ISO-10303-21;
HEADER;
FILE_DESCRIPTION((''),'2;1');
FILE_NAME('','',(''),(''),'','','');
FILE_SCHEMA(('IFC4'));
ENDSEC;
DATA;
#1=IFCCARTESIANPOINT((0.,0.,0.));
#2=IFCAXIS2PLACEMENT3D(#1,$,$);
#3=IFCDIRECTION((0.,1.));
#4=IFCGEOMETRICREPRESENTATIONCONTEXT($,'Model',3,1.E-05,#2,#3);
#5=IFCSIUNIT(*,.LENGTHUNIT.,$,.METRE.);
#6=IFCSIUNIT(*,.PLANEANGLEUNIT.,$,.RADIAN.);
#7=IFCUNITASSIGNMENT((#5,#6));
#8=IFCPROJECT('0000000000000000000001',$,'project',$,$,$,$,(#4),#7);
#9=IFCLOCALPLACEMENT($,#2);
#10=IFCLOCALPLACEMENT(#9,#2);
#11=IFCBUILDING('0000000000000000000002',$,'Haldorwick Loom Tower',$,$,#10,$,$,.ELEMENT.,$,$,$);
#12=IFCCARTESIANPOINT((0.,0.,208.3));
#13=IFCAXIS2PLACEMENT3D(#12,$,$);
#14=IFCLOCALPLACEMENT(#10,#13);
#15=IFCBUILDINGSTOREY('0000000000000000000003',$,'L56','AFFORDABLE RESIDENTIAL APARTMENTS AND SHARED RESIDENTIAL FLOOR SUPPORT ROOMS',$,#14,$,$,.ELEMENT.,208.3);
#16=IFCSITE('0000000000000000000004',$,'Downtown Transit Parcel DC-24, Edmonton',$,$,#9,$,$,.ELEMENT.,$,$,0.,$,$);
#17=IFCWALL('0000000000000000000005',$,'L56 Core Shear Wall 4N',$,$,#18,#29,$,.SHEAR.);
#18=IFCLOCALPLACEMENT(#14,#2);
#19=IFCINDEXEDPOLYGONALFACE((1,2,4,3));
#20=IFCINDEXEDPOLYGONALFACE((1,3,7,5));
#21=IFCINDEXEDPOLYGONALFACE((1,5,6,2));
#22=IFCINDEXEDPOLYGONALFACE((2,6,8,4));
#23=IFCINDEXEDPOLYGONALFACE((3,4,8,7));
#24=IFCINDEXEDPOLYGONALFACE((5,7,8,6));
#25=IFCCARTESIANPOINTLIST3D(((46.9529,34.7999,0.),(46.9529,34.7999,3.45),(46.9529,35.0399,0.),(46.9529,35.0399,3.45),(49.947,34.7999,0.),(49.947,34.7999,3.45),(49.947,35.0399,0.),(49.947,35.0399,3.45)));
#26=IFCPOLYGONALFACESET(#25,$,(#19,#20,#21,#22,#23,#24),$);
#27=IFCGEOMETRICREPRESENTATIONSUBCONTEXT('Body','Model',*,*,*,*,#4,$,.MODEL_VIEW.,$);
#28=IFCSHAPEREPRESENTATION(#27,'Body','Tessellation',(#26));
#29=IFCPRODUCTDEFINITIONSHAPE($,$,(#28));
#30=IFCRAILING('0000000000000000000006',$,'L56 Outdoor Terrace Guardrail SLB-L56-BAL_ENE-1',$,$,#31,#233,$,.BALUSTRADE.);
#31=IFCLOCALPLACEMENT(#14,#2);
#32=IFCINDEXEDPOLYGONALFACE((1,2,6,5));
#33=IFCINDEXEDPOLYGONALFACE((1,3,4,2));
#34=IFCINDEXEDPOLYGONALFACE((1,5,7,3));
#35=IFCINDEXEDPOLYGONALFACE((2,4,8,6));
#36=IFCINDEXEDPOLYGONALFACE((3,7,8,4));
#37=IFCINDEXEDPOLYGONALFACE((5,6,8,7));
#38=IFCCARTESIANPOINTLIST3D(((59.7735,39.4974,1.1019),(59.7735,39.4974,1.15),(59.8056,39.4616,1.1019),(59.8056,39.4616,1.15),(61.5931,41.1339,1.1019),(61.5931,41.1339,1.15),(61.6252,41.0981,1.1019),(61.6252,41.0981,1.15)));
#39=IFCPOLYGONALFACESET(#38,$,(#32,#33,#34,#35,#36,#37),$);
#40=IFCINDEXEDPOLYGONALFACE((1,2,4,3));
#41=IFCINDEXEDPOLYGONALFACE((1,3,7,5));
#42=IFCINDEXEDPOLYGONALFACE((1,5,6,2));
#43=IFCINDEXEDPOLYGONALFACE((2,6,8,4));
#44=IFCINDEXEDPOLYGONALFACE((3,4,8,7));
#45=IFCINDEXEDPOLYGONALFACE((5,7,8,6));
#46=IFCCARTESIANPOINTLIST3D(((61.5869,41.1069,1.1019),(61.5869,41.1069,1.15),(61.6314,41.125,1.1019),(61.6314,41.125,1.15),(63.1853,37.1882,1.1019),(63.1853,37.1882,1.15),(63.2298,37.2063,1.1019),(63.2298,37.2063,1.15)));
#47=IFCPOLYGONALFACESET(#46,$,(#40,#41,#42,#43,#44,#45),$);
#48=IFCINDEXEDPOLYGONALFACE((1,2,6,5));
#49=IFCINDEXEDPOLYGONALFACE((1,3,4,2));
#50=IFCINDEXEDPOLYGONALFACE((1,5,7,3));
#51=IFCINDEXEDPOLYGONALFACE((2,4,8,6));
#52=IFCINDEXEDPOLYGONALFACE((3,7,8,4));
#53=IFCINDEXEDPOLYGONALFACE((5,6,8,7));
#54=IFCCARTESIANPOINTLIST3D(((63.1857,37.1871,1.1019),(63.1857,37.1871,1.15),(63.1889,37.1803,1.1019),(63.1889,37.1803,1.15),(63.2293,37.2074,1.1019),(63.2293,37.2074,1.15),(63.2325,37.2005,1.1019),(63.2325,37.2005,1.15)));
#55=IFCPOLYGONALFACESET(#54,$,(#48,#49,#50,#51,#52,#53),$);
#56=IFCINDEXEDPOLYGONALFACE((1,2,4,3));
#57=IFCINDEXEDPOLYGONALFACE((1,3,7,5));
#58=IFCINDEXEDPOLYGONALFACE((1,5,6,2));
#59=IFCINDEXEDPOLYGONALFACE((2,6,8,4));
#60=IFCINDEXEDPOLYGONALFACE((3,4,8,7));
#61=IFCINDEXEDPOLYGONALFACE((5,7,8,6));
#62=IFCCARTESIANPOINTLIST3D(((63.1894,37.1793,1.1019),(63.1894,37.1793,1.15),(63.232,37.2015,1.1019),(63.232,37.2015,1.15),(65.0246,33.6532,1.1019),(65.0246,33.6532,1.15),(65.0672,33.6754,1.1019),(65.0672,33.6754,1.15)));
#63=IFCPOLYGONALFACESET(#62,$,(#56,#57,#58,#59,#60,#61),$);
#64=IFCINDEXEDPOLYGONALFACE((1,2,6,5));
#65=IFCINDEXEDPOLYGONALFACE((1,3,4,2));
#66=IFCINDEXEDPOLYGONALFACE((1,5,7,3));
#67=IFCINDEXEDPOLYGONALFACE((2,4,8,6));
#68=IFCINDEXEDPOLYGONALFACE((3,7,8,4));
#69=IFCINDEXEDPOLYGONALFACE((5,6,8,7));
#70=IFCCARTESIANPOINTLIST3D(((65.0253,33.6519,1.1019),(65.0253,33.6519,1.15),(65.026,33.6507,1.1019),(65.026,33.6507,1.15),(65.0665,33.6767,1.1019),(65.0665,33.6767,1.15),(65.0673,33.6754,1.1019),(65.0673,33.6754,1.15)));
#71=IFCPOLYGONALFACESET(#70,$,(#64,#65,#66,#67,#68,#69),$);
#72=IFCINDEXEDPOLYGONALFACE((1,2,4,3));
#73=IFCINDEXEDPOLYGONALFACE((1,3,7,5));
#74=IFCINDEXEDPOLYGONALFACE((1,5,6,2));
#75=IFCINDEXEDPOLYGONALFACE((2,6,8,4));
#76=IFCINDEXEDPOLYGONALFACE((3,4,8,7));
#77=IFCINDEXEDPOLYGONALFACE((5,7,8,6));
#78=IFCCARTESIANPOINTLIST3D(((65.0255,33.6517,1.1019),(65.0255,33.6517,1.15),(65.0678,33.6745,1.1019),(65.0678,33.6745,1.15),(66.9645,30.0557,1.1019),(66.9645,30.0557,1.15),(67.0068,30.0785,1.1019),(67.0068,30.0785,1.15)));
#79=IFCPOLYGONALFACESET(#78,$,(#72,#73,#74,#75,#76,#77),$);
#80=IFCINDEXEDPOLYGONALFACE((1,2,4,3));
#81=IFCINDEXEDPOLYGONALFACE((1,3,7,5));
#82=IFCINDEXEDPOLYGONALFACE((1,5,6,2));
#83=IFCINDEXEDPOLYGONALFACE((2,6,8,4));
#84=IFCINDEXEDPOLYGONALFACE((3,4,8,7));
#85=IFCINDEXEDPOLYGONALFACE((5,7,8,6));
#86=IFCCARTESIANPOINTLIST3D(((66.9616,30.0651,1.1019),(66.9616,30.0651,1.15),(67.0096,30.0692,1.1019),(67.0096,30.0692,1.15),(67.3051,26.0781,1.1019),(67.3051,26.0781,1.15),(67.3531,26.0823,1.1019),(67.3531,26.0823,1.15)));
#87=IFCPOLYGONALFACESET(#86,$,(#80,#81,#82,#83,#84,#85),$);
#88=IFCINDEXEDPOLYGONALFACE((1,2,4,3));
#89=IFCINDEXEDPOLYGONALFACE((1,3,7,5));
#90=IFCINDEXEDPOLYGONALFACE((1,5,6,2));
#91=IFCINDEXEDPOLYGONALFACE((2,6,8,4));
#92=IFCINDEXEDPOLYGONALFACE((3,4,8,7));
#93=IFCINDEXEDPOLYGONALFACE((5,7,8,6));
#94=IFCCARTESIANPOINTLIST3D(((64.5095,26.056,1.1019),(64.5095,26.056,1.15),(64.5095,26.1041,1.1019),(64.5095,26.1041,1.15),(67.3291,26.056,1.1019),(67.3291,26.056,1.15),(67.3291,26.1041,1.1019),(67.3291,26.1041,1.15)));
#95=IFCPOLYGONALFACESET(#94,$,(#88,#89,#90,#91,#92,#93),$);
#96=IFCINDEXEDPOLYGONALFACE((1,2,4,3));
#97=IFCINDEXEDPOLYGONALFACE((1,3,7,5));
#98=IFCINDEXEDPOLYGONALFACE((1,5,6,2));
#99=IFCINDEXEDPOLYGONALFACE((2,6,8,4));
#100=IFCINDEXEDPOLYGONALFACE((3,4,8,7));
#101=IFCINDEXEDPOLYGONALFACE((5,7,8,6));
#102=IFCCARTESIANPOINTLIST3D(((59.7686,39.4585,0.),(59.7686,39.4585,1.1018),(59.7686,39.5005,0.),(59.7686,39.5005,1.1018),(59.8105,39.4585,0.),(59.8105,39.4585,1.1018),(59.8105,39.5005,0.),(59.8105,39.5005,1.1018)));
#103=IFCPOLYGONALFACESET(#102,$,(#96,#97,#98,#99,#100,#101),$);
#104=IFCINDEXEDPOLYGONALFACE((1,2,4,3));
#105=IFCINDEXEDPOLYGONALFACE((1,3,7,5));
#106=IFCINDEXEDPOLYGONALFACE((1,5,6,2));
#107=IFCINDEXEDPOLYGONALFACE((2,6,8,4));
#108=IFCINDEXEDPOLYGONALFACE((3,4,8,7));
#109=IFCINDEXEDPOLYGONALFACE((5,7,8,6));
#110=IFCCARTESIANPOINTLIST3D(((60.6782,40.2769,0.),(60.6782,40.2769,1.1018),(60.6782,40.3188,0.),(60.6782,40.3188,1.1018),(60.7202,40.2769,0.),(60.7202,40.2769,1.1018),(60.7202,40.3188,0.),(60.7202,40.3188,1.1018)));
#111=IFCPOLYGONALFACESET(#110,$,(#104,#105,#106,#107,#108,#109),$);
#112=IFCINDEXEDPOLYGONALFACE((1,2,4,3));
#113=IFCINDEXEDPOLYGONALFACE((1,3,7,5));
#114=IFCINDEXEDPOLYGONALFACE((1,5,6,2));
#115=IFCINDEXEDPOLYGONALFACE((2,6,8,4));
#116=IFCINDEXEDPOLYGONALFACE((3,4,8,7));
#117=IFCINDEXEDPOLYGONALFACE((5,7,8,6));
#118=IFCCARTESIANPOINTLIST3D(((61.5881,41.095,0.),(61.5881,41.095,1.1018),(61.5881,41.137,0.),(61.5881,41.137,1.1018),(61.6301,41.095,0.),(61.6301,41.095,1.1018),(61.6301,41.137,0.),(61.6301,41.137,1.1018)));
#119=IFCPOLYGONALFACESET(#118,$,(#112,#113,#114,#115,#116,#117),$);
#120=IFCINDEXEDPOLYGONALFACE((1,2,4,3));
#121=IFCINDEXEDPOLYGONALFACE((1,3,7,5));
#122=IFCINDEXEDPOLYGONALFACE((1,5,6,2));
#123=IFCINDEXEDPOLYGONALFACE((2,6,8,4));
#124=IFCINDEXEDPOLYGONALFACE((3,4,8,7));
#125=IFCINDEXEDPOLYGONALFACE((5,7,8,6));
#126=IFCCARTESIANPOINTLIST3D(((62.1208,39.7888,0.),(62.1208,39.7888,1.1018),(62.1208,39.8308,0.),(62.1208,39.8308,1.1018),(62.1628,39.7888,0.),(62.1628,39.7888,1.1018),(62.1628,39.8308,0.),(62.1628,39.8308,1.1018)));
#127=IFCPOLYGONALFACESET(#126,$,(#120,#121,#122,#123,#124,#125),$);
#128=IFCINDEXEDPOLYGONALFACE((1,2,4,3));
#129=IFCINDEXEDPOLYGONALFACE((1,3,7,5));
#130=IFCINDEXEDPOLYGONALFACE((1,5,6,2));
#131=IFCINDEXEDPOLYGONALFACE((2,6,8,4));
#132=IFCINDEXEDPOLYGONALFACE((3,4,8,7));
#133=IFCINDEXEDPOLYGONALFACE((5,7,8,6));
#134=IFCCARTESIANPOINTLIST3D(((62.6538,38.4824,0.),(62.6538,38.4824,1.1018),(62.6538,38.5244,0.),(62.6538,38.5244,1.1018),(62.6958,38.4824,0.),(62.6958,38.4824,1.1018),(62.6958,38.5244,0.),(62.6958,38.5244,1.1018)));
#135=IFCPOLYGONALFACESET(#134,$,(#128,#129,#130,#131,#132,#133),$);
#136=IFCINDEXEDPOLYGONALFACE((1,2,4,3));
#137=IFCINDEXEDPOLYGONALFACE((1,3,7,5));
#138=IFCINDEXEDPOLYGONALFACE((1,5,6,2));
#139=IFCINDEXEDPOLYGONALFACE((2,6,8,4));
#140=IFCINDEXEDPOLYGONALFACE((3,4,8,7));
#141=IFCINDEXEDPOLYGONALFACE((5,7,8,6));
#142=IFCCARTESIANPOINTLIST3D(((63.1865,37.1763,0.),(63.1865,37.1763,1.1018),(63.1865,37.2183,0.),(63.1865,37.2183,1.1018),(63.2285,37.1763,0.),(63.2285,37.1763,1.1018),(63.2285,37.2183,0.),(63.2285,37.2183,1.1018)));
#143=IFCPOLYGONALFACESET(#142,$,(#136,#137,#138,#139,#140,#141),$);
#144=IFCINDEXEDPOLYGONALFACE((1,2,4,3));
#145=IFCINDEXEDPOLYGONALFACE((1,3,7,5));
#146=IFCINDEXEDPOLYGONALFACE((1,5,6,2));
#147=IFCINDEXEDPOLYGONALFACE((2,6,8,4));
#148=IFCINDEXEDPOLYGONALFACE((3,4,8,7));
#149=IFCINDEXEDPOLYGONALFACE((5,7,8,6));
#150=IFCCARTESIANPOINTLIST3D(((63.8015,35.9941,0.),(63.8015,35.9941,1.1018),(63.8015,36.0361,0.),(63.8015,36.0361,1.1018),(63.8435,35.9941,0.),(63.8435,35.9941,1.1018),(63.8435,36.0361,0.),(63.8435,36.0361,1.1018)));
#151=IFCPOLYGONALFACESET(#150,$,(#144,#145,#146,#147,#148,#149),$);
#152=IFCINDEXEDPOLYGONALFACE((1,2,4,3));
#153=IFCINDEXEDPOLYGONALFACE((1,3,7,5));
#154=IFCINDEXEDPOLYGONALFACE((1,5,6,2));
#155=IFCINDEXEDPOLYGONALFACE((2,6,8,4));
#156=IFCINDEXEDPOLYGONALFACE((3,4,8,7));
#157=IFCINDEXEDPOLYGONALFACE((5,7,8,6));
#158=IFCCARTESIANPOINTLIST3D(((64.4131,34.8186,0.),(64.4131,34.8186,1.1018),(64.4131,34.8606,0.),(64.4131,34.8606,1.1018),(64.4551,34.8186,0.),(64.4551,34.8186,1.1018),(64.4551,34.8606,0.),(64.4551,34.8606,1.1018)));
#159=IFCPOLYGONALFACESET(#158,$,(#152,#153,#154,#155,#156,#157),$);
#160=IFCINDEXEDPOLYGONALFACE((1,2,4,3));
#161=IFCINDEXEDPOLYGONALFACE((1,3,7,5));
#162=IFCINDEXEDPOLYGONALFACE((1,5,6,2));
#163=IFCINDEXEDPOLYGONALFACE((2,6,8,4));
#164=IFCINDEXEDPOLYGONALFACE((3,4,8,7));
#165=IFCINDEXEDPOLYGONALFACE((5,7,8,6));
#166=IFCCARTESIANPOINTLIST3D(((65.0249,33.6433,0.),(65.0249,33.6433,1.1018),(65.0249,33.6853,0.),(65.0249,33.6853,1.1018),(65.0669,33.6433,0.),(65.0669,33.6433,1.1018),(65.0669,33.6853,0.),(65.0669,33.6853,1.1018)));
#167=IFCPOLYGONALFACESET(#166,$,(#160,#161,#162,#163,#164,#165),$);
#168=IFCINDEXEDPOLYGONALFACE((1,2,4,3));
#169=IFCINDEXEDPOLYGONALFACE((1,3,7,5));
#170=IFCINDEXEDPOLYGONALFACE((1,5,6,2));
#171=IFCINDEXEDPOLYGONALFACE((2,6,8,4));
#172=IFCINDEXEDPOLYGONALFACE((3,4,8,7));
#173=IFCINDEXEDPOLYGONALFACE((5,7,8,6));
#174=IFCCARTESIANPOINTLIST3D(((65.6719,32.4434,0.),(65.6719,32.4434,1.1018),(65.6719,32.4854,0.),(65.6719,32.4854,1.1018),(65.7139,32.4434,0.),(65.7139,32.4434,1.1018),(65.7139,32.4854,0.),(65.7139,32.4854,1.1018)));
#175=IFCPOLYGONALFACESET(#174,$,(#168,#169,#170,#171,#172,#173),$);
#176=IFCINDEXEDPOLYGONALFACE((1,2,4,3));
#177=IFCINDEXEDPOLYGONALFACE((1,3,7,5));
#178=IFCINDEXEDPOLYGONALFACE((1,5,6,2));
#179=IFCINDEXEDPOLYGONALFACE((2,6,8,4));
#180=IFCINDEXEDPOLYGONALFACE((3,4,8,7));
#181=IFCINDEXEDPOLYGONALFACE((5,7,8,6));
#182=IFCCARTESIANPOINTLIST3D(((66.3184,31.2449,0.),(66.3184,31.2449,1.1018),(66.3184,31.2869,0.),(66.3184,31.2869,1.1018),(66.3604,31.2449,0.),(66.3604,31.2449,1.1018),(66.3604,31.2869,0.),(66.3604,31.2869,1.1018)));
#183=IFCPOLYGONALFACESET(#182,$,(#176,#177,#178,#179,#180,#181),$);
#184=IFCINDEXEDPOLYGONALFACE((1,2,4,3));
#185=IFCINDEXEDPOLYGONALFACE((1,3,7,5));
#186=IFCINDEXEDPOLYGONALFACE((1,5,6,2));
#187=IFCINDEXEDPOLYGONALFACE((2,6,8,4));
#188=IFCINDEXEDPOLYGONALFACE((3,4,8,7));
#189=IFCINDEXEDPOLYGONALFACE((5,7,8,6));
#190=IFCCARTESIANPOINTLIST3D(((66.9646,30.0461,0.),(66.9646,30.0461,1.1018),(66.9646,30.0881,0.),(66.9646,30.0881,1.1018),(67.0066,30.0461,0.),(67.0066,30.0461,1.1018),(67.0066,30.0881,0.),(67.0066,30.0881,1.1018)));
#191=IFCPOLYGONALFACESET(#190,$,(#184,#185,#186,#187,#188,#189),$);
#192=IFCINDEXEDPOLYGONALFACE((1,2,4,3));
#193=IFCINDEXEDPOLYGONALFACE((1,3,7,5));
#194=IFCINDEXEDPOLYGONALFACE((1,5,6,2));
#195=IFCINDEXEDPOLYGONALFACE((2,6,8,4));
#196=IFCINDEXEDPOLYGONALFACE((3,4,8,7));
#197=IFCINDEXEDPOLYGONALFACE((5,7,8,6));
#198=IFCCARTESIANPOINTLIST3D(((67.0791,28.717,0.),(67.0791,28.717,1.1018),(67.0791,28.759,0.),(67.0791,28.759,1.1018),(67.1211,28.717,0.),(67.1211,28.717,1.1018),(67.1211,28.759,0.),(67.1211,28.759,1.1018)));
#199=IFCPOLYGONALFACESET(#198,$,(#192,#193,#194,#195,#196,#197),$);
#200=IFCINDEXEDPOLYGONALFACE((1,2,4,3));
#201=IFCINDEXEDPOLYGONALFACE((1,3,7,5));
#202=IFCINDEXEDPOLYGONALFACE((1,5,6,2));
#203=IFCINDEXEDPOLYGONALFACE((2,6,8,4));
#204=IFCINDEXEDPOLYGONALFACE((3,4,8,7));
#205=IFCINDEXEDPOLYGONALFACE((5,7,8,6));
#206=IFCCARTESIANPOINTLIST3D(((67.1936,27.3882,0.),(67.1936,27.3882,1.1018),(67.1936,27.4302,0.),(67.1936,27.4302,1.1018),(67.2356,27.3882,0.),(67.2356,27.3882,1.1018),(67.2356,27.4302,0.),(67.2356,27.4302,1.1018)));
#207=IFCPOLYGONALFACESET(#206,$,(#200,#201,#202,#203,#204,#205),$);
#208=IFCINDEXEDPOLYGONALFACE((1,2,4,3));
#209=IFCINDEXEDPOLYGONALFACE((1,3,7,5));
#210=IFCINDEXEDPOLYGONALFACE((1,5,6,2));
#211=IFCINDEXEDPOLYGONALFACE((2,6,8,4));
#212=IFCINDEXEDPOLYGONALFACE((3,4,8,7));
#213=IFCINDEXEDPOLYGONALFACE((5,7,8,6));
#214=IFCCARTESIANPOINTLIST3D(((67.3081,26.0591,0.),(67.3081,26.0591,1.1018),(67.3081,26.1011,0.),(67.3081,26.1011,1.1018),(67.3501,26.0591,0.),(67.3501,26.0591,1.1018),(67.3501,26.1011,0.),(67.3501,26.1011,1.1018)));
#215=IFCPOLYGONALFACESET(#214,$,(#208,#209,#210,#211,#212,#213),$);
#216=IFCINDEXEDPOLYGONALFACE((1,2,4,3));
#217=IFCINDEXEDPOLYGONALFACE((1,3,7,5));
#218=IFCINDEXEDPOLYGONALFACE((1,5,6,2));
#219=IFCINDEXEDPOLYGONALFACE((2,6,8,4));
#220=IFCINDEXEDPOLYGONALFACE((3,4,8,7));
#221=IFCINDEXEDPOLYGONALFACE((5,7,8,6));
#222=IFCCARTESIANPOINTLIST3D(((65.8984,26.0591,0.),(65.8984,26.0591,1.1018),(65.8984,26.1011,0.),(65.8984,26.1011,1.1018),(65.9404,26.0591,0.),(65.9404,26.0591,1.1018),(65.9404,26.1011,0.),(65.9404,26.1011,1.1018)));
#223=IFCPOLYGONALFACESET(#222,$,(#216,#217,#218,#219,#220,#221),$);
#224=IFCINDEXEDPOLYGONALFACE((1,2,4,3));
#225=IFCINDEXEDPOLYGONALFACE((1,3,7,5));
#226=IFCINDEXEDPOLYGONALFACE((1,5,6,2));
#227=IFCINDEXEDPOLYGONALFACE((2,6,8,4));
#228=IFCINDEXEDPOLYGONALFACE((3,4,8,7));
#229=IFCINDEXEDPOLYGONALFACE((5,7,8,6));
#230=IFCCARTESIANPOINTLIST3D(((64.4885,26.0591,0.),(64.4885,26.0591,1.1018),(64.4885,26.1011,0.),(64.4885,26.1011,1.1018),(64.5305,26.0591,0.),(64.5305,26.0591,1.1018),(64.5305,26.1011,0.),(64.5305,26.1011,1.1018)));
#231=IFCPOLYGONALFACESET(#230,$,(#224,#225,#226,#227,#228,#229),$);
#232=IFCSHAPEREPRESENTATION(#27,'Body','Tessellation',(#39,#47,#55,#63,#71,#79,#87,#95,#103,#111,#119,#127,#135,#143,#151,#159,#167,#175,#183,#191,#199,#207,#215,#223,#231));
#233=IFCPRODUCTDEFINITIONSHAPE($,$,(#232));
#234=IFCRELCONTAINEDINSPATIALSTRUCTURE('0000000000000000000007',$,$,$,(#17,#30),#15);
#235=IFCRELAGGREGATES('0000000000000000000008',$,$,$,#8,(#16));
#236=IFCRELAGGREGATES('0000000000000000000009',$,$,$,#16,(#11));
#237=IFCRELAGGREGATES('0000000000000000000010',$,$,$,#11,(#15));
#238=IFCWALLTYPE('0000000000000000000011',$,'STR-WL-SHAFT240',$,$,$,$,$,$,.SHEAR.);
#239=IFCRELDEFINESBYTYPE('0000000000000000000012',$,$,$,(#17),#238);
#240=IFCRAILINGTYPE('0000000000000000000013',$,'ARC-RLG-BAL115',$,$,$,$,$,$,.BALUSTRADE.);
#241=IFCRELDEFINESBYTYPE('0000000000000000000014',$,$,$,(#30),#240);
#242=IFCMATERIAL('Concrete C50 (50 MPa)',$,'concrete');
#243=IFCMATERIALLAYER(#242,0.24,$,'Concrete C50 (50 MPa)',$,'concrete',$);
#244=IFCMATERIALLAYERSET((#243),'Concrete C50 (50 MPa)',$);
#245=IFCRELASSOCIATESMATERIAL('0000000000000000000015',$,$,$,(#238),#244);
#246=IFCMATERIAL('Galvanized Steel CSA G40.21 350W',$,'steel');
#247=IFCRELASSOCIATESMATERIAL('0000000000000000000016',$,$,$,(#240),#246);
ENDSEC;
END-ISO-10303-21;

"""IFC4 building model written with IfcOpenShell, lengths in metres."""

from ifc_helpers import new_model, si_unit, direction, frame, frame_2d, origin, origin_2d, place, context, subcontext, project, spatial, rectangle, extrude, material, layer, layer_set, type_object, element, save


model = new_model("IFC4")

# Units and contexts
model_context = context("Model", 3, precision=1e-05, world=origin(), true_north=direction((0.0, 1.0)))
body_context = subcontext(model_context, "Body", "Model", "MODEL_VIEW")
ifc_project = project(units=[si_unit("LENGTHUNIT", "METRE"), si_unit("PLANEANGLEUNIT", "RADIAN")], contexts=[model_context])

# Site, building, storey
site_placement = place(None, origin())
site = spatial("IfcSite", under=ifc_project, at=site_placement, Name="Downtown Transit Parcel DC-24, Edmonton", CompositionType="ELEMENT", RefElevation=0.0)
building_placement = place(site_placement, origin())
building = spatial("IfcBuilding", under=site, at=building_placement, Name="Haldorwick Loom Tower", CompositionType="ELEMENT")
storey_placement = place(building_placement, frame((0.0, 0.0, 208.3)))
storey = spatial("IfcBuildingStorey", under=building, at=storey_placement, Name="L56", Description="AFFORDABLE RESIDENTIAL APARTMENTS AND SHARED RESIDENTIAL FLOOR SUPPORT ROOMS", CompositionType="ELEMENT", Elevation=208.3)

# Wall
ifc_material_1 = material(Name="Concrete C50 (50 MPa)", Category="concrete")
ifc_layer_1 = layer(ifc_material_1, 0.24, Name="Concrete C50 (50 MPa)", Category="concrete")
ifc_layer_set_1 = layer_set([ifc_layer_1], Name="Concrete C50 (50 MPa)")
wall_type_1 = type_object("IfcWallType", Name="STR-WL-SHAFT240", PredefinedType="SHEAR", material=ifc_layer_set_1)
wall_1_placement = place(storey_placement, frame((46.9529, 34.9199, 0.0), z_axis=(0.0, 0.0, 1.0), x_axis=(1.0, 0.0, 0.0)))
element("IfcWall", 1, at=wall_1_placement, inside=storey, type_object=wall_type_1, Name="L56 Core Shear Wall 4N", PredefinedType="SHEAR", context=body_context, shape_type="SweptSolid", body=[
    extrude(rectangle(XDim=2.9941, YDim=0.24, at=frame_2d((1.4971, 0.0))), origin(), (0.0, 0.0, 1.0), 3.45),
])

# Railing
ifc_material_2 = material(Name="Galvanized Steel CSA G40.21 350W", Category="steel")
railing_type = type_object("IfcRailingType", Name="ARC-RLG-BAL115", PredefinedType="BALUSTRADE", material=ifc_material_2)
railing_placement = place(storey_placement, frame((59.7896, 39.4795, 0.0)))
element("IfcRailing", 2, at=railing_placement, inside=storey, type_object=railing_type, Name="L56 Outdoor Terrace Guardrail SLB-L56-BAL_ENE-1", PredefinedType="BALUSTRADE", context=body_context, shape_type="SweptSolid", body=[
    extrude(rectangle(XDim=0.0481, YDim=0.0481, at=origin_2d()), frame((0.0, 0.0, 1.126), z_axis=(0.743527, 0.668706, 0.0), x_axis=(-0.668706, 0.743527, 0.0)), (0.0, 0.0, 1.0), 2.4473),
    extrude(rectangle(XDim=0.0481, YDim=0.0481, at=origin_2d()), frame((1.8196, 1.6365, 1.126), z_axis=(0.377678, -0.925937, 0.0), x_axis=(0.925937, 0.377678, 0.0)), (0.0, 0.0, 1.0), 4.2322),
    extrude(rectangle(XDim=0.0481, YDim=0.0481, at=origin_2d()), frame((3.418, -2.2822, 1.126), z_axis=(0.421111, -0.907009, 0.0), x_axis=(0.907009, 0.421111, 0.0)), (0.0, 0.0, 1.0), 0.0076),
    extrude(rectangle(XDim=0.0481, YDim=0.0481, at=origin_2d()), frame((3.4211, -2.2891, 1.126), z_axis=(0.461674, -0.88705, 0.0), x_axis=(0.88705, 0.461674, 0.0)), (0.0, 0.0, 1.0), 3.9751),
    extrude(rectangle(XDim=0.0481, YDim=0.0481, at=origin_2d()), frame((5.2563, -5.8152, 1.126), z_axis=(0.514496, -0.857493, 0.0), x_axis=(0.857493, 0.514496, 0.0)), (0.0, 0.0, 1.0), 0.0015),
    extrude(rectangle(XDim=0.0481, YDim=0.0481, at=origin_2d()), frame((5.2571, -5.8164, 1.126), z_axis=(0.474609, -0.880197, 0.0), x_axis=(0.880197, 0.474609, 0.0)), (0.0, 0.0, 1.0), 4.0854),
    extrude(rectangle(XDim=0.0481, YDim=0.0481, at=origin_2d()), frame((7.196, -9.4124, 1.126), z_axis=(0.085837, -0.996309, 0.0), x_axis=(0.996309, 0.085837, 0.0)), (0.0, 0.0, 1.0), 4.0017),
    extrude(rectangle(XDim=0.0481, YDim=0.0481, at=origin_2d()), frame((7.5396, -13.3994, 1.126), z_axis=(-1.0, 0.0, 0.0), x_axis=(0.0, -1.0, 0.0)), (0.0, 0.0, 1.0), 2.8196),
    extrude(rectangle(XDim=0.042, YDim=0.042, at=origin_2d()), origin(), (0.0, 0.0, 1.0), 1.1018),
    extrude(rectangle(XDim=0.042, YDim=0.042, at=origin_2d()), frame((0.9097, 0.8184, 0.0)), (0.0, 0.0, 1.0), 1.1018),
    extrude(rectangle(XDim=0.042, YDim=0.042, at=origin_2d()), frame((1.8196, 1.6365, 0.0)), (0.0, 0.0, 1.0), 1.1018),
    extrude(rectangle(XDim=0.042, YDim=0.042, at=origin_2d()), frame((2.3523, 0.3303, 0.0)), (0.0, 0.0, 1.0), 1.1018),
    extrude(rectangle(XDim=0.042, YDim=0.042, at=origin_2d()), frame((2.8853, -0.9761, 0.0)), (0.0, 0.0, 1.0), 1.1018),
    extrude(rectangle(XDim=0.042, YDim=0.042, at=origin_2d()), frame((3.418, -2.2822, 0.0)), (0.0, 0.0, 1.0), 1.1018),
    extrude(rectangle(XDim=0.042, YDim=0.042, at=origin_2d()), frame((4.033, -3.4644, 0.0)), (0.0, 0.0, 1.0), 1.1018),
    extrude(rectangle(XDim=0.042, YDim=0.042, at=origin_2d()), frame((4.6445, -4.6399, 0.0)), (0.0, 0.0, 1.0), 1.1018),
    extrude(rectangle(XDim=0.042, YDim=0.042, at=origin_2d()), frame((5.2563, -5.8152, 0.0)), (0.0, 0.0, 1.0), 1.1018),
    extrude(rectangle(XDim=0.042, YDim=0.042, at=origin_2d()), frame((5.9033, -7.0151, 0.0)), (0.0, 0.0, 1.0), 1.1018),
    extrude(rectangle(XDim=0.042, YDim=0.042, at=origin_2d()), frame((6.5498, -8.2136, 0.0)), (0.0, 0.0, 1.0), 1.1018),
    extrude(rectangle(XDim=0.042, YDim=0.042, at=origin_2d()), frame((7.196, -9.4124, 0.0)), (0.0, 0.0, 1.0), 1.1018),
    extrude(rectangle(XDim=0.042, YDim=0.042, at=origin_2d()), frame((7.3105, -10.7415, 0.0)), (0.0, 0.0, 1.0), 1.1018),
    extrude(rectangle(XDim=0.042, YDim=0.042, at=origin_2d()), frame((7.425, -12.0703, 0.0)), (0.0, 0.0, 1.0), 1.1018),
    extrude(rectangle(XDim=0.042, YDim=0.042, at=origin_2d()), frame((7.5396, -13.3994, 0.0)), (0.0, 0.0, 1.0), 1.1018),
    extrude(rectangle(XDim=0.042, YDim=0.042, at=origin_2d()), frame((6.1299, -13.3994, 0.0)), (0.0, 0.0, 1.0), 1.1018),
    extrude(rectangle(XDim=0.042, YDim=0.042, at=origin_2d()), frame((4.72, -13.3994, 0.0)), (0.0, 0.0, 1.0), 1.1018),
])

save(model, "model.ifc")
